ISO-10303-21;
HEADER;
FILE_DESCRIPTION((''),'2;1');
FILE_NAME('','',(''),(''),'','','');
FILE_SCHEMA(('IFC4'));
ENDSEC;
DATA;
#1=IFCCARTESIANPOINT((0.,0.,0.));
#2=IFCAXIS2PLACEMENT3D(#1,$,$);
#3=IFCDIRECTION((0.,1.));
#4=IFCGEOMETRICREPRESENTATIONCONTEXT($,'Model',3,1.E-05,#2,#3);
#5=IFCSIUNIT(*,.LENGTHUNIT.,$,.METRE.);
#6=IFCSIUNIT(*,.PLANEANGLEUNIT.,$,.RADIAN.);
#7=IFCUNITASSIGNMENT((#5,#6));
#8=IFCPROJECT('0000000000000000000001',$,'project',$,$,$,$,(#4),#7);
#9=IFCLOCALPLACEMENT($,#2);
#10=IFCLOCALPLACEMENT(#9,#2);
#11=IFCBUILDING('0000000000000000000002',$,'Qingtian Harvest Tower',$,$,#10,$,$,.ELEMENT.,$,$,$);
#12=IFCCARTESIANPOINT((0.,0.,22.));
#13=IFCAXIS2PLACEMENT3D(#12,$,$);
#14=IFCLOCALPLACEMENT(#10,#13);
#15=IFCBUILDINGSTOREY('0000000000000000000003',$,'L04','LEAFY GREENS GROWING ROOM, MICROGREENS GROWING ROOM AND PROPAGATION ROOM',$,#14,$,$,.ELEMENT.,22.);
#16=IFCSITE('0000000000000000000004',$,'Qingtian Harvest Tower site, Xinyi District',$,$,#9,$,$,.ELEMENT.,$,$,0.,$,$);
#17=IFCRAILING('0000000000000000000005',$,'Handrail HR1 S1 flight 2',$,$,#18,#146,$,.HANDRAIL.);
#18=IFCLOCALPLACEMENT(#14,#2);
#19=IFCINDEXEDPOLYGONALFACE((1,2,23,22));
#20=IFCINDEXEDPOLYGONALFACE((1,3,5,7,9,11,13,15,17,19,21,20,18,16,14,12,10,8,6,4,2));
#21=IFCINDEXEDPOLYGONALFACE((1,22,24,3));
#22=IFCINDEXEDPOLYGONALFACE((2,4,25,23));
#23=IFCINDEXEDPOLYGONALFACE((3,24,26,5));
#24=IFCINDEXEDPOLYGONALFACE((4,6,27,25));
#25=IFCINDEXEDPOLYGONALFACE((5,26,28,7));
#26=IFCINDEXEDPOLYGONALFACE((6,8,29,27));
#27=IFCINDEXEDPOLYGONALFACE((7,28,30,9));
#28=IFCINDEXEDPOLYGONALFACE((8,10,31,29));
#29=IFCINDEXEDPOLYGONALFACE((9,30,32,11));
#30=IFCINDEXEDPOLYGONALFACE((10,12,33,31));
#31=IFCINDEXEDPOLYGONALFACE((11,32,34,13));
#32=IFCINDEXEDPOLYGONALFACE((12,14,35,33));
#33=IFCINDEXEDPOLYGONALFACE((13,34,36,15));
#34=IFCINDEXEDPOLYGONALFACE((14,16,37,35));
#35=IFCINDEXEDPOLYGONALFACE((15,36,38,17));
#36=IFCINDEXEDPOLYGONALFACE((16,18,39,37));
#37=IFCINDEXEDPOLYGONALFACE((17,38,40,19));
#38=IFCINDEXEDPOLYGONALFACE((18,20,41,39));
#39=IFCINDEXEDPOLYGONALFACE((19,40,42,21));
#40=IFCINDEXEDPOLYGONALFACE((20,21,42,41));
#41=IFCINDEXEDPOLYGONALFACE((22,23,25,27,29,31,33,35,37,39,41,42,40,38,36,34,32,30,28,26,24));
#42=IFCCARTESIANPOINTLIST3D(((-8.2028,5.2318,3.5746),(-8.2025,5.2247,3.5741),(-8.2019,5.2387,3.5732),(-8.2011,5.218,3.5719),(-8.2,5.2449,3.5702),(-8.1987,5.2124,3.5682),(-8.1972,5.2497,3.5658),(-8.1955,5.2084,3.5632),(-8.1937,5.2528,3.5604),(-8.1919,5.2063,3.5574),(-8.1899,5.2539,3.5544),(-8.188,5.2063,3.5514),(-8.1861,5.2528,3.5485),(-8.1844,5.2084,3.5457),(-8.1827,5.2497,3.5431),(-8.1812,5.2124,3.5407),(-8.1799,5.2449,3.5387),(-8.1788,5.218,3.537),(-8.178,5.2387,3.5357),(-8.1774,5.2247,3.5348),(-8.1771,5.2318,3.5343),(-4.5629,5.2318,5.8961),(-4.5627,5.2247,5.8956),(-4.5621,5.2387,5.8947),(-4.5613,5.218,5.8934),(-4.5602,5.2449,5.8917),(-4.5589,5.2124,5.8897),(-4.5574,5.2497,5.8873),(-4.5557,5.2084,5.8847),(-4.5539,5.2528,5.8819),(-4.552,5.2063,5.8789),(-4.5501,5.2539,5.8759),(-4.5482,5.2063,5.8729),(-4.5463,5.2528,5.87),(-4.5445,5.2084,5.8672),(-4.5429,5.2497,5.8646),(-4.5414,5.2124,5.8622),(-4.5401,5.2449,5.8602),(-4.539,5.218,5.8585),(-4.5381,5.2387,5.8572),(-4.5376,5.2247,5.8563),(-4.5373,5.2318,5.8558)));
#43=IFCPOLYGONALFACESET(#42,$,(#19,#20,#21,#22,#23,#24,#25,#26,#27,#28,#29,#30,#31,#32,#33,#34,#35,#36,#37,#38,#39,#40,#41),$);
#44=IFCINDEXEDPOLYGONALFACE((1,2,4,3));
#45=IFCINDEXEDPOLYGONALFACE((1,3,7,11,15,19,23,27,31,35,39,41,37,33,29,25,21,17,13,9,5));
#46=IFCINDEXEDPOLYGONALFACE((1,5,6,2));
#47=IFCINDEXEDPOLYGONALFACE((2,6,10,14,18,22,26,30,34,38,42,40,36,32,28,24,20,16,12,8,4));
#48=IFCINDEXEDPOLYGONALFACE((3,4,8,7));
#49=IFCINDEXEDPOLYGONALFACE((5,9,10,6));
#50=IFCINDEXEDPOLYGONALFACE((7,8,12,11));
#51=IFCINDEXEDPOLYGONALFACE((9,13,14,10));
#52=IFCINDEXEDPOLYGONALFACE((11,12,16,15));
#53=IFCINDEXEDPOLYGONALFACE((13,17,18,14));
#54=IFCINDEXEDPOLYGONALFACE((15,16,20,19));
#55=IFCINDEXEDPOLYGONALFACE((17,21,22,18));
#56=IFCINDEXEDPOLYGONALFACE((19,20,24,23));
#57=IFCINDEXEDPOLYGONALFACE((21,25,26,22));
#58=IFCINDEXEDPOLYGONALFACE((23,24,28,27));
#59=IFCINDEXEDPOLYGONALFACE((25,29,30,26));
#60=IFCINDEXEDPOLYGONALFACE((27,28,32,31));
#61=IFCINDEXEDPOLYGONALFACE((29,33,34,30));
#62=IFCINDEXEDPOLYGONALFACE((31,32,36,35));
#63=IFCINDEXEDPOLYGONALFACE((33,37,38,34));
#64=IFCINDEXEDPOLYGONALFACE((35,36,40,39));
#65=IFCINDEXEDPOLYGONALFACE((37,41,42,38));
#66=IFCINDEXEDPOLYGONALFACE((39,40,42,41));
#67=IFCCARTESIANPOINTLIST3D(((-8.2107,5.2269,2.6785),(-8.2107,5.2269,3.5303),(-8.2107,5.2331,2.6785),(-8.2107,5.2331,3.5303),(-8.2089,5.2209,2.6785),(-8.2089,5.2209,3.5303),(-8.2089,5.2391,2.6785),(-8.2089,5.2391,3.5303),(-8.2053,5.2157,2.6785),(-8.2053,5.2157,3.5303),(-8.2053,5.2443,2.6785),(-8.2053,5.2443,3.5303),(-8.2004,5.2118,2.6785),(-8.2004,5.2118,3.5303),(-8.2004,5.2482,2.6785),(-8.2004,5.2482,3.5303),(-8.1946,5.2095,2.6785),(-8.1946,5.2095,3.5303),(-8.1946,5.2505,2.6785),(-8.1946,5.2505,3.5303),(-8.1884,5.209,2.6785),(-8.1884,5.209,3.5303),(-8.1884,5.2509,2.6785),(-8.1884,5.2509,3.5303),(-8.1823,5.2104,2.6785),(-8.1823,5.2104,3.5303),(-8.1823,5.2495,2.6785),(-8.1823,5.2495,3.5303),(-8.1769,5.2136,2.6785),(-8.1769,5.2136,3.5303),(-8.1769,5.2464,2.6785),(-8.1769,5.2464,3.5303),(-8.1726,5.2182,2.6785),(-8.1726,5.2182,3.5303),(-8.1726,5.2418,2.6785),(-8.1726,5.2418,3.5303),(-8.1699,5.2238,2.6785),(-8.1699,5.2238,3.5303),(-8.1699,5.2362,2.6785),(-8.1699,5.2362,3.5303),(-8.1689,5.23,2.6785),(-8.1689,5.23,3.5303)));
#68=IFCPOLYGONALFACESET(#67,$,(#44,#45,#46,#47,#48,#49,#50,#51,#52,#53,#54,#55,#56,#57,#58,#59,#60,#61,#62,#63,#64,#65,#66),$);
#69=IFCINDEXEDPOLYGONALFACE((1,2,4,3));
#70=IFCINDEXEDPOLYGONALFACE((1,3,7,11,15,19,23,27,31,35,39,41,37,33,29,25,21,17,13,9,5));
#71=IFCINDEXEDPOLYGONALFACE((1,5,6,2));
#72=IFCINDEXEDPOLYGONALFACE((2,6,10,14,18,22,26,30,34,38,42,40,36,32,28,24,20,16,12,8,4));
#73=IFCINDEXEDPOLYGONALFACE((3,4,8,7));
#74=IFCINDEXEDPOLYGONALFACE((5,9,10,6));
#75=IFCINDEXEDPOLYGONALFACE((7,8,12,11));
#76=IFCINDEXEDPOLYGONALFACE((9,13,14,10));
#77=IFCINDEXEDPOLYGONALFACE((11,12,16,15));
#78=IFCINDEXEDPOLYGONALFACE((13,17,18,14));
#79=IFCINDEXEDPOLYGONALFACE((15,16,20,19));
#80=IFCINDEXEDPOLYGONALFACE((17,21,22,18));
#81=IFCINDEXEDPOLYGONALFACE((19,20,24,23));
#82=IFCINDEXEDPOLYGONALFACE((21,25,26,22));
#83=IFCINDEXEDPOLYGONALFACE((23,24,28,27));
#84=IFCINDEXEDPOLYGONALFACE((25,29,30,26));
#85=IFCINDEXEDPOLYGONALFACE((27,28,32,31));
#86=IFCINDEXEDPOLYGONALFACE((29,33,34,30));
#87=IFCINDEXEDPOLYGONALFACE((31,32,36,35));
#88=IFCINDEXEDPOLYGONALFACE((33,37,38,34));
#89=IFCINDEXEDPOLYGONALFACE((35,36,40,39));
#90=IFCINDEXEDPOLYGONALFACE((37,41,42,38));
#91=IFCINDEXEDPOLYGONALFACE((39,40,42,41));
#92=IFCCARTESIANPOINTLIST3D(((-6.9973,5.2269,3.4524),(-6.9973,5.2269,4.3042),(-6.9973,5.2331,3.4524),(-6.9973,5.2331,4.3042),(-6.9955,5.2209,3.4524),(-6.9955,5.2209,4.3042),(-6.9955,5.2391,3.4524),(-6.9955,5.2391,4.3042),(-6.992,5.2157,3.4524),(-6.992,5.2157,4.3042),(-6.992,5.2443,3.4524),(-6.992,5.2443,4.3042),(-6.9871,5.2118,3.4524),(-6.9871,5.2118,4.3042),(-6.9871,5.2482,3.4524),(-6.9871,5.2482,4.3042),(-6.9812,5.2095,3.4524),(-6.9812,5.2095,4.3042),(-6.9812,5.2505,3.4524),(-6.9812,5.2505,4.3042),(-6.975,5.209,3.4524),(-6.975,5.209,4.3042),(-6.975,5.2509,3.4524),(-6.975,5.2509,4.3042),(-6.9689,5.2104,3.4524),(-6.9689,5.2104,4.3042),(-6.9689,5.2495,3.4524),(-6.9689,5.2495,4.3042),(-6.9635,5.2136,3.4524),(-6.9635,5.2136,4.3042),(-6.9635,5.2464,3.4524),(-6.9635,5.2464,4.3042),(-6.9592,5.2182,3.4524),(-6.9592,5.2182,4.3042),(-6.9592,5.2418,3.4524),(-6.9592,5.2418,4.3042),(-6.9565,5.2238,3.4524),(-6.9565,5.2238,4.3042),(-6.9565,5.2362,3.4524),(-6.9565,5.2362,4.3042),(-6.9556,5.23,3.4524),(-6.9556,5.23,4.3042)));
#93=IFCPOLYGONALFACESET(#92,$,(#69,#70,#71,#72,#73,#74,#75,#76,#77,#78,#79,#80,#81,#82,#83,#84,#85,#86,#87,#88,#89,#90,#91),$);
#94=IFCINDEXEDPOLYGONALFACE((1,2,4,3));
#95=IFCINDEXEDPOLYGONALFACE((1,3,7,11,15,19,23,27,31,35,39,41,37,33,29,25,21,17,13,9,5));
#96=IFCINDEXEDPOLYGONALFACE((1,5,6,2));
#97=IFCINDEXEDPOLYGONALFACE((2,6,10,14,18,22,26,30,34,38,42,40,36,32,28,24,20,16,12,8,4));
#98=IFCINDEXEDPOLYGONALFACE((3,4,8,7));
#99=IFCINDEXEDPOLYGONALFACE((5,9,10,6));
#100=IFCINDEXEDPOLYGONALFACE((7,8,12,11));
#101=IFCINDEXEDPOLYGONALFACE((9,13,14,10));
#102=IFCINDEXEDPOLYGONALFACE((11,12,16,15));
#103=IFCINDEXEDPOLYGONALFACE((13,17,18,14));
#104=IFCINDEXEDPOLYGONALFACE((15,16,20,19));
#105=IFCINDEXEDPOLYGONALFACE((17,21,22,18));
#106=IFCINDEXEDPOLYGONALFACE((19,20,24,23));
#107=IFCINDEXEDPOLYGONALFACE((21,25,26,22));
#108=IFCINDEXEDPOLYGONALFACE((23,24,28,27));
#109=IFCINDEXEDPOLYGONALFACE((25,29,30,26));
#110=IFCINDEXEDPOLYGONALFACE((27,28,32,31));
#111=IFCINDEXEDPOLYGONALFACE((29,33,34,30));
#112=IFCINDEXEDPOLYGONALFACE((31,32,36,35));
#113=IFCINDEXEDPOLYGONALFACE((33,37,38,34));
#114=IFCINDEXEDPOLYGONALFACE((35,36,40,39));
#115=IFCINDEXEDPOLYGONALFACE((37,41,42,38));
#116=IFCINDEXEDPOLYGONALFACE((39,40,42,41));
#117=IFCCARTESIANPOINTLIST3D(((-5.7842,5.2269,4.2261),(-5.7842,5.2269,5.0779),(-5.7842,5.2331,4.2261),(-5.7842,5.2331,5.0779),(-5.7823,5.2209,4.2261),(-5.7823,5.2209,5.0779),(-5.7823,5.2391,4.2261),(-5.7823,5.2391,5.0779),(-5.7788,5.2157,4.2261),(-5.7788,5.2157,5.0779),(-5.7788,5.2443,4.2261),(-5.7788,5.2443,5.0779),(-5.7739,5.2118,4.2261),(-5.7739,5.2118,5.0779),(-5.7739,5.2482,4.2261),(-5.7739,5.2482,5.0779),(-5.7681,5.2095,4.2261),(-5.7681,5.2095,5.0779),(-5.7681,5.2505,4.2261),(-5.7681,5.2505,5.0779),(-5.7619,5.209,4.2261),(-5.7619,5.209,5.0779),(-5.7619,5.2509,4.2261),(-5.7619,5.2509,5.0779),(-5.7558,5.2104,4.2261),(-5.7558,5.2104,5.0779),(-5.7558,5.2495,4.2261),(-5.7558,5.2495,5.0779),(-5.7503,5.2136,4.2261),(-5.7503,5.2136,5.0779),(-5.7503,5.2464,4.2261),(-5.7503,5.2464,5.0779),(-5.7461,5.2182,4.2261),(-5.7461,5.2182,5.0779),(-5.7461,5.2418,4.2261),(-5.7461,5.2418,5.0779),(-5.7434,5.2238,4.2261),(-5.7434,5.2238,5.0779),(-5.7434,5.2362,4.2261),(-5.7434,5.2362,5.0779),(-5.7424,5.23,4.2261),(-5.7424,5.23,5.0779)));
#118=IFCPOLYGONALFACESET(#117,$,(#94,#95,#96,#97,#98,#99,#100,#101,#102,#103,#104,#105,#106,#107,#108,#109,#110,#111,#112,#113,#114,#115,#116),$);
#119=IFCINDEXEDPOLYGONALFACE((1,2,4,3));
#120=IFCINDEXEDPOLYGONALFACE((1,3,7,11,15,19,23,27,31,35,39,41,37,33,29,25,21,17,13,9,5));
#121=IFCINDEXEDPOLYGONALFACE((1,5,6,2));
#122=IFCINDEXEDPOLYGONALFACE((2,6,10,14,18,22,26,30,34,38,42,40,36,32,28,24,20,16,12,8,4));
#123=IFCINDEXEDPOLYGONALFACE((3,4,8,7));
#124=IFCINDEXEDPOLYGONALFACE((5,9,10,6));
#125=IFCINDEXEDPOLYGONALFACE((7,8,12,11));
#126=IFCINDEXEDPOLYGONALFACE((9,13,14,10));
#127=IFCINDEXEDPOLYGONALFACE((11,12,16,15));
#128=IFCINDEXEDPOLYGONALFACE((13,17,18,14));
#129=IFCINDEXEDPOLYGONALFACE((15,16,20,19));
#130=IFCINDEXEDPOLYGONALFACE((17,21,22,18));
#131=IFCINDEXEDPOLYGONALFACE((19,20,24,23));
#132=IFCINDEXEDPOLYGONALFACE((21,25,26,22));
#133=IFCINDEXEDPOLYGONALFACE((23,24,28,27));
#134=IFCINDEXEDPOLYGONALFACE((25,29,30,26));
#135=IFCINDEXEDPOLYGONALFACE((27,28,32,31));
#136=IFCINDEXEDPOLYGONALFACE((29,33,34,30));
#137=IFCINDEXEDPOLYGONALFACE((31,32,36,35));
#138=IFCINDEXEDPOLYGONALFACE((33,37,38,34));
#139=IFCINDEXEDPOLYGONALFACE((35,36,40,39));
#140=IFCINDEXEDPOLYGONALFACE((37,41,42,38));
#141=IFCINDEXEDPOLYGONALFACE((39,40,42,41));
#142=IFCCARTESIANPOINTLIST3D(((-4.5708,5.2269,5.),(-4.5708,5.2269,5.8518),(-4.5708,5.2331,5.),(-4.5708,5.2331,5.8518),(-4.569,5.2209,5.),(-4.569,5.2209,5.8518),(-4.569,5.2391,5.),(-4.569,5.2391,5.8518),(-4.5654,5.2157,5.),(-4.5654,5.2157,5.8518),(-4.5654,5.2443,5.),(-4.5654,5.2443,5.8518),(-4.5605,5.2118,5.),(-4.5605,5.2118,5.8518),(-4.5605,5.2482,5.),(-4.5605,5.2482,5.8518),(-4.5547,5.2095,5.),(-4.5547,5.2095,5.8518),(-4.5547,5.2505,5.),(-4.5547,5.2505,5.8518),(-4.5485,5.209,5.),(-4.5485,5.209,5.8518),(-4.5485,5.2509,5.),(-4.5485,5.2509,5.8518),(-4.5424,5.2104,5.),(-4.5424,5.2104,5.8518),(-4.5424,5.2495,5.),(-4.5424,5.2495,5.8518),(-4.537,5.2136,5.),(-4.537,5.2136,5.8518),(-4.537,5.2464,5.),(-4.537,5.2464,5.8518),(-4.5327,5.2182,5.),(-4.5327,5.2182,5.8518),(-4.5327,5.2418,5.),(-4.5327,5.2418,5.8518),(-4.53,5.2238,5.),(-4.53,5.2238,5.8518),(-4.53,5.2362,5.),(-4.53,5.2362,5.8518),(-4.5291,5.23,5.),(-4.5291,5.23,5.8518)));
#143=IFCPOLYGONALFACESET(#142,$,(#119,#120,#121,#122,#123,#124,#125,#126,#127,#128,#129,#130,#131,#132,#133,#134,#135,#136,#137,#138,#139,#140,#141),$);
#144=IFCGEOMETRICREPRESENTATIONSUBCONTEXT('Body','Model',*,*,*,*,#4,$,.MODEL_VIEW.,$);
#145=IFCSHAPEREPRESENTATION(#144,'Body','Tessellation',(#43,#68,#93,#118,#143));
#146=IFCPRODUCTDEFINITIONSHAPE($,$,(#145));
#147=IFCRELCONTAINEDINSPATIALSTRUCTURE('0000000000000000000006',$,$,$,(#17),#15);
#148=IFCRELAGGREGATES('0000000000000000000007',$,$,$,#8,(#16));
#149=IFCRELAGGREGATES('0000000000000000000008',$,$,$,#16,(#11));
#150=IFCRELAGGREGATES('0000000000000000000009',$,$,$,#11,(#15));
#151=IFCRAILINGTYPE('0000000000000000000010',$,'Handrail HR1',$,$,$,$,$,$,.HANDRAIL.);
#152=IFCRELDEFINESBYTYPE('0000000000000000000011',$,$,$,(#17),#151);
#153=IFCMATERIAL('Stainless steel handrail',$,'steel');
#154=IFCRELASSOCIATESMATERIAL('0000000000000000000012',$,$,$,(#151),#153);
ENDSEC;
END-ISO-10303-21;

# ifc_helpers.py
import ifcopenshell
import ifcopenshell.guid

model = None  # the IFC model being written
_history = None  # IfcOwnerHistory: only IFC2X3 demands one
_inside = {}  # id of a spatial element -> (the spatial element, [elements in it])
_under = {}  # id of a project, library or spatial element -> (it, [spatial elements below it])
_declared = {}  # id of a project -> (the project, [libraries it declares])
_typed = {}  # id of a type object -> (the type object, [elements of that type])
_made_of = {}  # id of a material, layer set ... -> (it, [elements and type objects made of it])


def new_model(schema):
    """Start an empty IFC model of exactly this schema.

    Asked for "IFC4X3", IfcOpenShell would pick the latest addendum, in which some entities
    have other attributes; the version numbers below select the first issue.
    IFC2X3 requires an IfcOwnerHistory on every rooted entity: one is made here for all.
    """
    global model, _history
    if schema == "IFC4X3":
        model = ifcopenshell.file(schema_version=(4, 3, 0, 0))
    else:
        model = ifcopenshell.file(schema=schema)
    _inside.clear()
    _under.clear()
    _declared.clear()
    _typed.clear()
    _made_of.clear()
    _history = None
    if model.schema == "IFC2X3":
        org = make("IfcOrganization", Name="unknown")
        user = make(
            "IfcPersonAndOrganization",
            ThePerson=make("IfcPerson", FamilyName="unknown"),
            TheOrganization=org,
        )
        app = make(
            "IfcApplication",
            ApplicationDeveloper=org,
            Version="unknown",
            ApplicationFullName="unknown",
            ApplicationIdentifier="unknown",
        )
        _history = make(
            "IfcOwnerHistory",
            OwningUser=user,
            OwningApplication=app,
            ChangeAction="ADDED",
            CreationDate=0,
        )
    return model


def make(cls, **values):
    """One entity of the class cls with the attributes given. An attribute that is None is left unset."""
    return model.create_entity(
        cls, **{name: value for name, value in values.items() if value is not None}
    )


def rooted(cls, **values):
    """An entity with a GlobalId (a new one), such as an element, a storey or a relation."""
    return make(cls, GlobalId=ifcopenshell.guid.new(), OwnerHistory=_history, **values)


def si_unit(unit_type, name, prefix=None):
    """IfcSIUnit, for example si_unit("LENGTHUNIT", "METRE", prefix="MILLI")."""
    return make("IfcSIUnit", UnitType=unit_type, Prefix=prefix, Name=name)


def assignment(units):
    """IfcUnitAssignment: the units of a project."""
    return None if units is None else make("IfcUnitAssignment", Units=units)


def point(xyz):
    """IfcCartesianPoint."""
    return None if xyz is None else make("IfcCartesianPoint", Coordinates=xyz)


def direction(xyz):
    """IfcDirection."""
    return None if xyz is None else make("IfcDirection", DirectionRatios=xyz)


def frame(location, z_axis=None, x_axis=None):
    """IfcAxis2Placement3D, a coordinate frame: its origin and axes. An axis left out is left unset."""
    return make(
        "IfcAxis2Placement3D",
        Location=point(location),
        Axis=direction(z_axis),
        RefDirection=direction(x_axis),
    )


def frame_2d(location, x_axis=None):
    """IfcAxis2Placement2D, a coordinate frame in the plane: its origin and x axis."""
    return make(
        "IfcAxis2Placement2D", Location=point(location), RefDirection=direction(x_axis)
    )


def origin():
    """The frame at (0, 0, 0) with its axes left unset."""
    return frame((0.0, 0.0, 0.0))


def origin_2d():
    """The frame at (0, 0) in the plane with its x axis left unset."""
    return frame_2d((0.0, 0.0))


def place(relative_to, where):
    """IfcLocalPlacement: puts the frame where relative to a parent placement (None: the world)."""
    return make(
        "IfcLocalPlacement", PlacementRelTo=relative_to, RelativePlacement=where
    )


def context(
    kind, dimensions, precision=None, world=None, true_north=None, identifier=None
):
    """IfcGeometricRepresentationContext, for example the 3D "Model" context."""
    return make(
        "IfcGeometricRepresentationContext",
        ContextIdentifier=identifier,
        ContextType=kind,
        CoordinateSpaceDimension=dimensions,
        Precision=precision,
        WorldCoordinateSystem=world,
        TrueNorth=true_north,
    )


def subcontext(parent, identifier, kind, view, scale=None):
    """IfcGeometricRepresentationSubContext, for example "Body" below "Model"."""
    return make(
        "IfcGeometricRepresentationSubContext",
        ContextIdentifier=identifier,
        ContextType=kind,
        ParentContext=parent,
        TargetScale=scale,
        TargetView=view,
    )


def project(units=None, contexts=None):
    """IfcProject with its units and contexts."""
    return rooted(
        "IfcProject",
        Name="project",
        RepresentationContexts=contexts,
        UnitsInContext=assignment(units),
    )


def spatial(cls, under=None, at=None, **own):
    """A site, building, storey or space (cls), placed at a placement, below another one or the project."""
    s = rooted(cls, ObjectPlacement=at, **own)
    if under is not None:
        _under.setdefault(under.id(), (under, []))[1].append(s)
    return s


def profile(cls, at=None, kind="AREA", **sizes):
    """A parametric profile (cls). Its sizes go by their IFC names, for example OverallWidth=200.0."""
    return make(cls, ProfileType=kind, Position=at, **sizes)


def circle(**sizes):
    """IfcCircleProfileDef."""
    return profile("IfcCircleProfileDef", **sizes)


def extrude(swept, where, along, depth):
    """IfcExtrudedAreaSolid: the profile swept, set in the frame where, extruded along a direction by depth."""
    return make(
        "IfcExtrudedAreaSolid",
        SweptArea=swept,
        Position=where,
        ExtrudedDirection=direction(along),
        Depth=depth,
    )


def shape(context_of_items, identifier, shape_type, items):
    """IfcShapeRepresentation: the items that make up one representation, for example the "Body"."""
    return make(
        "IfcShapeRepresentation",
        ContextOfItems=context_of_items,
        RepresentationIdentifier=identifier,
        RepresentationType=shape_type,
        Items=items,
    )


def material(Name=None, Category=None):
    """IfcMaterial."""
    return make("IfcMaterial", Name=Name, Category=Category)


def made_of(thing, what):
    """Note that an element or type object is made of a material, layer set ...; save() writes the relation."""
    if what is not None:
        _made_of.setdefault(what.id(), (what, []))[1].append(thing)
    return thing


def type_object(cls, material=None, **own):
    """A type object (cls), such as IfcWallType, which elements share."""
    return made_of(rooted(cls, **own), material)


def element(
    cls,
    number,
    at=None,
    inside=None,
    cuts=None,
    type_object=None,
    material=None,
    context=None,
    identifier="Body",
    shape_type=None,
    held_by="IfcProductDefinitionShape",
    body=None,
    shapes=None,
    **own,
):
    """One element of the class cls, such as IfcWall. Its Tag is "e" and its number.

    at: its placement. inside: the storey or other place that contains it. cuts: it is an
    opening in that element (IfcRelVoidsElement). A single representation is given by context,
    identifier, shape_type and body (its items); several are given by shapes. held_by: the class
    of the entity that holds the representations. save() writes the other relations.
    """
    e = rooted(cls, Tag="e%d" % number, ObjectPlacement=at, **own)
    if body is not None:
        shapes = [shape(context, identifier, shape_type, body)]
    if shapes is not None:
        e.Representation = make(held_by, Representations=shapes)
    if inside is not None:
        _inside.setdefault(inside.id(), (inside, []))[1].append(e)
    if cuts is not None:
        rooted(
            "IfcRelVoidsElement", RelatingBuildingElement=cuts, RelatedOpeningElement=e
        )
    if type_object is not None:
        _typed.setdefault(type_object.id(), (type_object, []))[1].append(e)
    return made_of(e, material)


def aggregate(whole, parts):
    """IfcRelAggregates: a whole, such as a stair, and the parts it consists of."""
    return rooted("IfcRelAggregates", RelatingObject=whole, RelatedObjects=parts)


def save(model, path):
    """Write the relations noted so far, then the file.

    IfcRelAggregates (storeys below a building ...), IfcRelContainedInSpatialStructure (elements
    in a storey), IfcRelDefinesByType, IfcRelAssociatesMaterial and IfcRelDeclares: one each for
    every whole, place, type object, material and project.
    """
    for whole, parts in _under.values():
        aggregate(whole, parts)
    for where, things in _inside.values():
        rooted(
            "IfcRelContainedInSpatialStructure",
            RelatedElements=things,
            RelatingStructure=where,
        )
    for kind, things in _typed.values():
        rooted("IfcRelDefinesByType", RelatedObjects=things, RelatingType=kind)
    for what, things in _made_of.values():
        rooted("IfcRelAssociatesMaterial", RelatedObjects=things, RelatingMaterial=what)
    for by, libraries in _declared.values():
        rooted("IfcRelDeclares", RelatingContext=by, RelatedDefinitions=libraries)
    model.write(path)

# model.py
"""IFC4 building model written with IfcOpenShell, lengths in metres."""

from ifc_helpers import new_model, si_unit, direction, frame, origin, origin_2d, place, context, subcontext, project, spatial, circle, extrude, material, type_object, element, save


model = new_model("IFC4")

# Units and contexts
model_context = context("Model", 3, precision=1e-05, world=origin(), true_north=direction((0.0, 1.0)))
body_context = subcontext(model_context, "Body", "Model", "MODEL_VIEW")
ifc_project = project(units=[si_unit("LENGTHUNIT", "METRE"), si_unit("PLANEANGLEUNIT", "RADIAN")], contexts=[model_context])

# Site, building, storey
site_placement = place(None, origin())
site = spatial("IfcSite", under=ifc_project, at=site_placement, Name="Qingtian Harvest Tower site, Xinyi District", CompositionType="ELEMENT", RefElevation=0.0)
building_placement = place(site_placement, origin())
building = spatial("IfcBuilding", under=site, at=building_placement, Name="Qingtian Harvest Tower", CompositionType="ELEMENT")
storey_placement = place(building_placement, frame((0.0, 0.0, 22.0)))
storey = spatial("IfcBuildingStorey", under=building, at=storey_placement, Name="L04", Description="LEAFY GREENS GROWING ROOM, MICROGREENS GROWING ROOM AND PROPAGATION ROOM", CompositionType="ELEMENT", Elevation=22.0)

# Railing
ifc_material_1 = material(Name="Stainless steel handrail", Category="steel")
railing_type = type_object("IfcRailingType", Name="Handrail HR1", PredefinedType="HANDRAIL", material=ifc_material_1)
railing_1_placement = place(storey_placement, frame((-8.1899, 5.23, 2.6785)))
element("IfcRailing", 1, at=railing_1_placement, inside=storey, type_object=railing_type, Name="Handrail HR1 S1 flight 2", PredefinedType="HANDRAIL", context=body_context, shape_type="SweptSolid", body=[
    extrude(circle(Radius=0.0239, at=origin_2d()), frame((0.0, 0.0, 0.876), z_axis=(0.843112, 0.0, 0.537739), x_axis=(0.0, 1.0, 0.0)), (0.0, 0.0, 1.0), 4.3171),
    extrude(circle(Radius=0.021, at=origin_2d()), origin(), (0.0, 0.0, 1.0), 0.8518),
    extrude(circle(Radius=0.021, at=origin_2d()), frame((1.2134, 0.0, 0.7739)), (0.0, 0.0, 1.0), 0.8518),
    extrude(circle(Radius=0.021, at=origin_2d()), frame((2.4265, 0.0, 1.5476)), (0.0, 0.0, 1.0), 0.8518),
    extrude(circle(Radius=0.021, at=origin_2d()), frame((3.6399, 0.0, 2.3215)), (0.0, 0.0, 1.0), 0.8518),
])

save(model, "model.ifc")
